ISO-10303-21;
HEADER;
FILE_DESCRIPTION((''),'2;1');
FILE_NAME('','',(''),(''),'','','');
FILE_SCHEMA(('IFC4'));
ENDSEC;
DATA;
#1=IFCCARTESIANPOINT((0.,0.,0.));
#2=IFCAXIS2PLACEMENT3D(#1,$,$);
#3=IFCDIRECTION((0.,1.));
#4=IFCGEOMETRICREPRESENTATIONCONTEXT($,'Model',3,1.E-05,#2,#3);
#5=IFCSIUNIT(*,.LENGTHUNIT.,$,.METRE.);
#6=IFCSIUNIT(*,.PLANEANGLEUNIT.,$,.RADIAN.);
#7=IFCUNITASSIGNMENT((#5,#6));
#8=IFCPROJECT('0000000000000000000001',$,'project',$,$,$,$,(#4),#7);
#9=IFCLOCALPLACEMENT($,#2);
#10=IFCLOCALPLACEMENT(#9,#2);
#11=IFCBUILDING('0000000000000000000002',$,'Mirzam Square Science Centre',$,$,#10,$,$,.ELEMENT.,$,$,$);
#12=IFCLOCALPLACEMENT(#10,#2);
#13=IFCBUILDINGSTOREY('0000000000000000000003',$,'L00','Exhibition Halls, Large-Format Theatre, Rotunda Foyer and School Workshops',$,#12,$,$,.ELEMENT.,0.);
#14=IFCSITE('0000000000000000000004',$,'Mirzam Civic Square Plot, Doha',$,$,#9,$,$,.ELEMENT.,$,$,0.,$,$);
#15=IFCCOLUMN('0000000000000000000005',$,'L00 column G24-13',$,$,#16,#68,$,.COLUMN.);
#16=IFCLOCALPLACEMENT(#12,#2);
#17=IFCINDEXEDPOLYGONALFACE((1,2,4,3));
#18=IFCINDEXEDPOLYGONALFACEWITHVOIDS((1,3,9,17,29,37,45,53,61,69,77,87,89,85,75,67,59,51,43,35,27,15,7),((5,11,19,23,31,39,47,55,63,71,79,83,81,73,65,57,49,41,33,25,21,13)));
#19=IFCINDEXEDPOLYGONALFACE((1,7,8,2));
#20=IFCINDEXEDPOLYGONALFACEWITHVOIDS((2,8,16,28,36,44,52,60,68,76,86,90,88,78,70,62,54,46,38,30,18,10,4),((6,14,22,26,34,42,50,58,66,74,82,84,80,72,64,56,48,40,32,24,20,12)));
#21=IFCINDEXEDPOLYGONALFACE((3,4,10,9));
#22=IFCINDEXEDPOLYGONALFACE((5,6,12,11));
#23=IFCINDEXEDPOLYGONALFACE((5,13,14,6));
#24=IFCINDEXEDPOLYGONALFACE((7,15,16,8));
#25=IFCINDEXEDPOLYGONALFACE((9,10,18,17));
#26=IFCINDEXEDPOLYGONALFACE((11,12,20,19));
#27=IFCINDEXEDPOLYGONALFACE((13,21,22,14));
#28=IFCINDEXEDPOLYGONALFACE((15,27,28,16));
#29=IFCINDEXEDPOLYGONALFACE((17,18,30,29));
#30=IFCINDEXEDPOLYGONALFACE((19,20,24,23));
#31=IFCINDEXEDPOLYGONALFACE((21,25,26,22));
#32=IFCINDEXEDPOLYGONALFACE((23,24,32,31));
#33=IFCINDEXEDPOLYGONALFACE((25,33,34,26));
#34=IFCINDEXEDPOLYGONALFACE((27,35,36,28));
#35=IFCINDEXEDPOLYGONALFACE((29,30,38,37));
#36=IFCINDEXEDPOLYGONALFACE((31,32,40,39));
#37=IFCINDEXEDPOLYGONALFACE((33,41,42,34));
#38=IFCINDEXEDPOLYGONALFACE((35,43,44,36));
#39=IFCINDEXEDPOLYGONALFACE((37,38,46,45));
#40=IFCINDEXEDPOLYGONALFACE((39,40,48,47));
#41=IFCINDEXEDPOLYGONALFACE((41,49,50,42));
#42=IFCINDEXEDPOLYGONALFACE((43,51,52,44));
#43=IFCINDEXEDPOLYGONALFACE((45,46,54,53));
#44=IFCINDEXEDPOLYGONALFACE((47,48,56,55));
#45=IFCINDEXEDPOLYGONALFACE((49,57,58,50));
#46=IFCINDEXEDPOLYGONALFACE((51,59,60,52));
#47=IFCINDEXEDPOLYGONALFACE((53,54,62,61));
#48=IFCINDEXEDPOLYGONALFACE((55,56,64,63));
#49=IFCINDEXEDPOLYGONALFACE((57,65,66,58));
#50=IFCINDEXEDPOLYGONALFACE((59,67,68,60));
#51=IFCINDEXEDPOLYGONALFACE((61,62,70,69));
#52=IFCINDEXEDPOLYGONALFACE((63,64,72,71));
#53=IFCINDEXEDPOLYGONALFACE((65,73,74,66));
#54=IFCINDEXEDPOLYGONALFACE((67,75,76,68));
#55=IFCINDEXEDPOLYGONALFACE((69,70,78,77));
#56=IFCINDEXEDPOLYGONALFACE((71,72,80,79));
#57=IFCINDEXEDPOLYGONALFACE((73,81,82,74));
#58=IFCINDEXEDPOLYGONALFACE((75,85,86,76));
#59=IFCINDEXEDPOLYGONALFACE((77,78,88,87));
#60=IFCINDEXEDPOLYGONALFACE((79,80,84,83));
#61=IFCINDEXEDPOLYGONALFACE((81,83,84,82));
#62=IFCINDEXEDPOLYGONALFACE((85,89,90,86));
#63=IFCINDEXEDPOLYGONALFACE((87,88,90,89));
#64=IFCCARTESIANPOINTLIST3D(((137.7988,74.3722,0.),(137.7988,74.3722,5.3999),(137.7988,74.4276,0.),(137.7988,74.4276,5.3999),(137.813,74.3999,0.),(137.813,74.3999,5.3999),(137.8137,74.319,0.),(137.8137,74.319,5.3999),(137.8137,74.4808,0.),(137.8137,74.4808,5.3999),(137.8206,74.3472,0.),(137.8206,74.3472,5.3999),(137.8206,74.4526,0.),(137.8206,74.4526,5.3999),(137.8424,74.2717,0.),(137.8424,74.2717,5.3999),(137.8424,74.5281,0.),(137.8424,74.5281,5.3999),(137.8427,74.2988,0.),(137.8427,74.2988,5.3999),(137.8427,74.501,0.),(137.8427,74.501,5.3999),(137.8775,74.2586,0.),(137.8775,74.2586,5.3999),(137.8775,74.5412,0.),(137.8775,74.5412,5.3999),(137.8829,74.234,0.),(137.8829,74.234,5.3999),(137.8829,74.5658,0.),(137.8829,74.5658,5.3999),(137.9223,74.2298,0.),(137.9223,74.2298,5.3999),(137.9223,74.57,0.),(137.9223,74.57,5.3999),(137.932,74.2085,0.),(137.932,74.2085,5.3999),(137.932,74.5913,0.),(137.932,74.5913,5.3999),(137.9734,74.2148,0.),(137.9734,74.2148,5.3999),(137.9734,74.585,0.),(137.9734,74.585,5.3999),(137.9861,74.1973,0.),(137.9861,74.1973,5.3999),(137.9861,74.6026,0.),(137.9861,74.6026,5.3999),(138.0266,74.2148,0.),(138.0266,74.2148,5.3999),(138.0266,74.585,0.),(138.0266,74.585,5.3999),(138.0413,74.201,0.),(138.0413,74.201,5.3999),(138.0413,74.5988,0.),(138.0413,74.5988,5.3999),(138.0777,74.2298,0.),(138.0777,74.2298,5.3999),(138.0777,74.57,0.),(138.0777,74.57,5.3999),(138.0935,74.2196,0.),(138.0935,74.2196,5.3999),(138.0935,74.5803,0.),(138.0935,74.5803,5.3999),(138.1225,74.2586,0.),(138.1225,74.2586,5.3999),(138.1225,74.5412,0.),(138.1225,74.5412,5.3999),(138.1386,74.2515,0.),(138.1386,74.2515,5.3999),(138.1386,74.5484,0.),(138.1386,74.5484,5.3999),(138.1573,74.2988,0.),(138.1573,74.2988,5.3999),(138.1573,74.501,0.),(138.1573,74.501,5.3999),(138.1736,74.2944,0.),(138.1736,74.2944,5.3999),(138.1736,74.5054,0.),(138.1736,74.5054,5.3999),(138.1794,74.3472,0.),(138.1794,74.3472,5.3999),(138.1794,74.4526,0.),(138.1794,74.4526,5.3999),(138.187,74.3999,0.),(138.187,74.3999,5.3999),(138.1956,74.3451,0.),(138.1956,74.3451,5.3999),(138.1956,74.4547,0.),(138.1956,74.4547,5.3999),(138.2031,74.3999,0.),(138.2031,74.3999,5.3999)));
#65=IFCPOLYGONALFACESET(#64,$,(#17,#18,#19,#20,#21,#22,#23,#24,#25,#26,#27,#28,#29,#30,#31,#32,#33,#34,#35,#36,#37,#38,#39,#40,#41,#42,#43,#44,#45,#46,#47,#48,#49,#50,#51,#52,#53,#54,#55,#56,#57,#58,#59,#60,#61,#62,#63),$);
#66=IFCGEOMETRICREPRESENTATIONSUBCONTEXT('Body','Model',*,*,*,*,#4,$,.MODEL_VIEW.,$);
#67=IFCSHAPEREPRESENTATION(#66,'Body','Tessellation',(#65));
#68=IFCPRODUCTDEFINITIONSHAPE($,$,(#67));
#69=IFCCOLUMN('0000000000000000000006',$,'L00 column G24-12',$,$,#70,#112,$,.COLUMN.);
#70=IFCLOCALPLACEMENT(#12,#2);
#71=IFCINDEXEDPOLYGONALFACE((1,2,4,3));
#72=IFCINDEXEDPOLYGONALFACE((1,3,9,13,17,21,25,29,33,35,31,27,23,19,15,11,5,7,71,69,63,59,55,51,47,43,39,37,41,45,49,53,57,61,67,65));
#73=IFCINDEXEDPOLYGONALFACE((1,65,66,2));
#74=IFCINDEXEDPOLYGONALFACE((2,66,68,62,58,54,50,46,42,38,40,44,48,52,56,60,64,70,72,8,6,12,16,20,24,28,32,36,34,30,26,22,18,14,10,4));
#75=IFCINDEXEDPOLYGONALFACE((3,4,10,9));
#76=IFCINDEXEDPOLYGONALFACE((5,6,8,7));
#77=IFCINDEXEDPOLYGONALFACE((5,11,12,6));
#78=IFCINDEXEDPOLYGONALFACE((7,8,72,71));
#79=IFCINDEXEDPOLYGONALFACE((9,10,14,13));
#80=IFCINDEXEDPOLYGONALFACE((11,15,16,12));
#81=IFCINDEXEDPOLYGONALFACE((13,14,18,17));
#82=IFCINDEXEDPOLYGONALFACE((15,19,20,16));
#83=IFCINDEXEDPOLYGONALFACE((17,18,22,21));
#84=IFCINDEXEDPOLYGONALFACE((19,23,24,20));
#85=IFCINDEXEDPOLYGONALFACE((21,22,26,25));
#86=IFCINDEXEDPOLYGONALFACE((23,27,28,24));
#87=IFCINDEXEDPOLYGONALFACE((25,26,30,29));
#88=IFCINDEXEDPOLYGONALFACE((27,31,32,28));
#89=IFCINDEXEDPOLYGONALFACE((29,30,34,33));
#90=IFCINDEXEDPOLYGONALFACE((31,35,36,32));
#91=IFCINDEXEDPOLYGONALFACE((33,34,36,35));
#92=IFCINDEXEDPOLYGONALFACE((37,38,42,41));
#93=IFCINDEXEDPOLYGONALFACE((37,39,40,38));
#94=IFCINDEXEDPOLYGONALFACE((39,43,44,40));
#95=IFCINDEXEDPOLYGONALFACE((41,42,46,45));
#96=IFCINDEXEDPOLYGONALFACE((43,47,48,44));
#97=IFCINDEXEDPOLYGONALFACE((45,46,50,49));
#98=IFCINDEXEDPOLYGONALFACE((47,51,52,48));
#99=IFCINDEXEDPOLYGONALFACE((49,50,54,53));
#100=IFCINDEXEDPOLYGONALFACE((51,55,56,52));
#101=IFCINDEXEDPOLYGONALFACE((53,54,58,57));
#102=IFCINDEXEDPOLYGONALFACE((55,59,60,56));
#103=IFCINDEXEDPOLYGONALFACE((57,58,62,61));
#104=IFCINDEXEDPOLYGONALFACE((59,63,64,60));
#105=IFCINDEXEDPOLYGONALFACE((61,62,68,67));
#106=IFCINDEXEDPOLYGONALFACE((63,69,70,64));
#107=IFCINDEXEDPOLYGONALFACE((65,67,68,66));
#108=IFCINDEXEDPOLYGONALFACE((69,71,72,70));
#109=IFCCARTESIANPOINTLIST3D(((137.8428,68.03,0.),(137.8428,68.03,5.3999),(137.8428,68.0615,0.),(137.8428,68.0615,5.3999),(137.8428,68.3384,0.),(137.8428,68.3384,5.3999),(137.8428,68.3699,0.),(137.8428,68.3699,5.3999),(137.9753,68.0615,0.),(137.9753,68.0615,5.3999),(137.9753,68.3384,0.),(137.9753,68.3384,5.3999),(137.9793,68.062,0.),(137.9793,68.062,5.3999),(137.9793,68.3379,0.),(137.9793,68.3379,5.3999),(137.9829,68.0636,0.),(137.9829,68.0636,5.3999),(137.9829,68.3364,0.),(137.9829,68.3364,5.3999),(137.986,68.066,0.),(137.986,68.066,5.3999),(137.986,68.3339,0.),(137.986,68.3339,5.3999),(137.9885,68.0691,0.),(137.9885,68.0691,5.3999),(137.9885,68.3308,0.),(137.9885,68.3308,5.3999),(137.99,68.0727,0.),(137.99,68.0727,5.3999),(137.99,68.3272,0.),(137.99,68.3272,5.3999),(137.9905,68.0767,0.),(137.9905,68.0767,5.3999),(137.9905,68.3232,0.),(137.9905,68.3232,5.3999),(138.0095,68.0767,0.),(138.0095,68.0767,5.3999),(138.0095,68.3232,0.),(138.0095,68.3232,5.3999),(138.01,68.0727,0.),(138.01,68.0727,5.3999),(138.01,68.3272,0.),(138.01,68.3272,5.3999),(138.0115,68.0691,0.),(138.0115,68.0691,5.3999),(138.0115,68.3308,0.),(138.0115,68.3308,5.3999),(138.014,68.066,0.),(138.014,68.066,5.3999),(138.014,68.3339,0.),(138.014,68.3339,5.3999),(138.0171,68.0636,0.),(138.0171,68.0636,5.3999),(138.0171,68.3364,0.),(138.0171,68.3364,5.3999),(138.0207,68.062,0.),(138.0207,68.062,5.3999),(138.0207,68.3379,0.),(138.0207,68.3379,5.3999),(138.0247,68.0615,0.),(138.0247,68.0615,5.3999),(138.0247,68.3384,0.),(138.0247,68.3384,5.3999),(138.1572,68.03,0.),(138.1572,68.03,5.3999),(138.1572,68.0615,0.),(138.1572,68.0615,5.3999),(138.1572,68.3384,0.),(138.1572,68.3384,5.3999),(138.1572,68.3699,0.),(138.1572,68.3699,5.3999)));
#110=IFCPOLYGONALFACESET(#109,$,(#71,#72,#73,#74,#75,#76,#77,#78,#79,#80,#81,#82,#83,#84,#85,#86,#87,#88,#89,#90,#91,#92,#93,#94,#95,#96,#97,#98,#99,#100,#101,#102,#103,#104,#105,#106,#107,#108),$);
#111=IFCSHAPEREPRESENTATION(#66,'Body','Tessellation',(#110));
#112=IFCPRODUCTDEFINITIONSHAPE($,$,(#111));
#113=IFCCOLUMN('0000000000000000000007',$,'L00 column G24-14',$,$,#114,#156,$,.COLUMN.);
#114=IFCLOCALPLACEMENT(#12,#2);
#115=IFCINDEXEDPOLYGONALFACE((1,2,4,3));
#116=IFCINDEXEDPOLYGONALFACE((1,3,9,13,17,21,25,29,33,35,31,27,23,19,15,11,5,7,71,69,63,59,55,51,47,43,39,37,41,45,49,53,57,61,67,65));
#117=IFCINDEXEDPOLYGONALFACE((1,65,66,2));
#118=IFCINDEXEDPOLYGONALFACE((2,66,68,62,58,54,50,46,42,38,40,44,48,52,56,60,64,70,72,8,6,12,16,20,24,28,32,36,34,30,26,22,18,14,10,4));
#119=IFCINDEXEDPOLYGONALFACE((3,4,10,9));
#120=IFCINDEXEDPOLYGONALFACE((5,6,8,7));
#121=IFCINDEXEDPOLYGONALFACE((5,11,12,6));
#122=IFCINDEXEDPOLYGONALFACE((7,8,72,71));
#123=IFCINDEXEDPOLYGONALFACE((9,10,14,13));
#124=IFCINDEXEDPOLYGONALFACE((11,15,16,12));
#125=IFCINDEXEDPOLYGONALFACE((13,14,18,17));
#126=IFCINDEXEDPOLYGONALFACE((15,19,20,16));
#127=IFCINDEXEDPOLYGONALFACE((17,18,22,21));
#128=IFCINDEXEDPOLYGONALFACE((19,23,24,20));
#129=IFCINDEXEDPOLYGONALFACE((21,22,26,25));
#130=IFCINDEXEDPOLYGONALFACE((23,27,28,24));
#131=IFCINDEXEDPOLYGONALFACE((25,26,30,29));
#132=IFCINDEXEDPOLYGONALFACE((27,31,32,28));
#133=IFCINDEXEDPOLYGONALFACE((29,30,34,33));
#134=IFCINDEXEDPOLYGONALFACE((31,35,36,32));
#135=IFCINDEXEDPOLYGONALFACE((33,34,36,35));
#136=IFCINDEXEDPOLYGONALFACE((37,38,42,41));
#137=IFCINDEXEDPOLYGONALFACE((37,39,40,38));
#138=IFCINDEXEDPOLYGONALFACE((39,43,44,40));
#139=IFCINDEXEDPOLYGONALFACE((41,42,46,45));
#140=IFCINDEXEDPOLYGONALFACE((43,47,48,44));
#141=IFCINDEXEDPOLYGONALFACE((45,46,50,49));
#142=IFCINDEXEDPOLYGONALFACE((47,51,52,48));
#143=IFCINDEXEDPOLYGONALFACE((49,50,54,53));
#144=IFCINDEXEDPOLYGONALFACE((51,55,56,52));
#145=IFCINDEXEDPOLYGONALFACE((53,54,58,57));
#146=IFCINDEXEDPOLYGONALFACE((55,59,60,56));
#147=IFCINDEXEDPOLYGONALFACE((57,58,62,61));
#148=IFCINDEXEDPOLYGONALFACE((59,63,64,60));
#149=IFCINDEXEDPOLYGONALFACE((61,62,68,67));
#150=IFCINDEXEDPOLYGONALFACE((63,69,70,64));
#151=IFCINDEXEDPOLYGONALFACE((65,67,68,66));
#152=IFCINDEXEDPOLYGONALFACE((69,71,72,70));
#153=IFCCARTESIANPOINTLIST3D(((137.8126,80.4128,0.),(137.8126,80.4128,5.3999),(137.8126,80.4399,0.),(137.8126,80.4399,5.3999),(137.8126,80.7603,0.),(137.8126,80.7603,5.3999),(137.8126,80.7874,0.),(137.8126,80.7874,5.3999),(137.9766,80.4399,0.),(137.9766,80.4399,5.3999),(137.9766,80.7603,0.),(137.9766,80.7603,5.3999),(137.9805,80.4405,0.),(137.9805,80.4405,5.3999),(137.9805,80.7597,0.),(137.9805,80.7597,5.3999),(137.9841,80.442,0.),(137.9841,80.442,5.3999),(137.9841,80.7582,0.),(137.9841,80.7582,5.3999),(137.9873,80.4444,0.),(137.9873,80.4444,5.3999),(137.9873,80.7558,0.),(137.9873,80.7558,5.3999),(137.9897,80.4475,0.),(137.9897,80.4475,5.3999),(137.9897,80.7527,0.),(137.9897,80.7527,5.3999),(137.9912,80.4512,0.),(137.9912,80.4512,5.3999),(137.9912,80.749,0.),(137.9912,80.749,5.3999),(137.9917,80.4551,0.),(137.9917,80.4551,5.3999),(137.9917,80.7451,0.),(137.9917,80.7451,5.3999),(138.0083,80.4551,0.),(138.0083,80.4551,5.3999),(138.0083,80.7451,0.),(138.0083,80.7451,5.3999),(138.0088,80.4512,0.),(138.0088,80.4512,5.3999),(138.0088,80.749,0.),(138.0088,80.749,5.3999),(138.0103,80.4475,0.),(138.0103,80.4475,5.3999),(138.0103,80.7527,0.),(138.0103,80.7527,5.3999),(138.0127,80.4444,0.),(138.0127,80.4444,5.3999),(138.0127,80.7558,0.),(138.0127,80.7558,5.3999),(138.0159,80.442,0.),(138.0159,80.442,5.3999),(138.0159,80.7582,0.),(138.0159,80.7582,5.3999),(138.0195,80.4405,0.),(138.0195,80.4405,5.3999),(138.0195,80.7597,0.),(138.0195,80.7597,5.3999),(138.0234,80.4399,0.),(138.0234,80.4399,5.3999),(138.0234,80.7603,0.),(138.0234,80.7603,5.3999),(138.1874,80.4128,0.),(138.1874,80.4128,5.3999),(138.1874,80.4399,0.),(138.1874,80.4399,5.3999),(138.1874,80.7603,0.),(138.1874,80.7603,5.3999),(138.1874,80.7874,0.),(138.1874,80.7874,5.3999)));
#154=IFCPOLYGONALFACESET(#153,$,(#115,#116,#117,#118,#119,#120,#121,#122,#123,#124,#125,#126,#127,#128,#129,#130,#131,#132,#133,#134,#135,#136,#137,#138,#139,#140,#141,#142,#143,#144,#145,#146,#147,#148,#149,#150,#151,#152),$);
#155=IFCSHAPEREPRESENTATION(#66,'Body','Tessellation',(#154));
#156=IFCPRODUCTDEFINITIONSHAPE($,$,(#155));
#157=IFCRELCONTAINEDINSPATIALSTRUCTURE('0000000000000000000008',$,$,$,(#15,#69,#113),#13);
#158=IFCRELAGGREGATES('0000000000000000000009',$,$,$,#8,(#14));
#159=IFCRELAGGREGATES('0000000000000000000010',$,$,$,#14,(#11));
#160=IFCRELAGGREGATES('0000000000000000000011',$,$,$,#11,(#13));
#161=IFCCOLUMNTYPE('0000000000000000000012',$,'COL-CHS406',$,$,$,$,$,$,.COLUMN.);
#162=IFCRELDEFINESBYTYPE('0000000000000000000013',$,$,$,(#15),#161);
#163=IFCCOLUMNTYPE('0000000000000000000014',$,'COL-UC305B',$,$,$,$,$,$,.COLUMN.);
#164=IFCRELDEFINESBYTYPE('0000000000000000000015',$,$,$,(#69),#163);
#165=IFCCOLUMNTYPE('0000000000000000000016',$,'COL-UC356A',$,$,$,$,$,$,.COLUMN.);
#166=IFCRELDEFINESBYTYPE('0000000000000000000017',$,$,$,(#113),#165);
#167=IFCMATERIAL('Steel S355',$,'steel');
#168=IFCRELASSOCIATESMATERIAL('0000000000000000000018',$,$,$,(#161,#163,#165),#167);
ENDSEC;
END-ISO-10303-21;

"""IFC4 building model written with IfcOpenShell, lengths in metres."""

from ifc_helpers import new_model, si_unit, direction, frame, origin, origin_2d, place, context, subcontext, project, spatial, hollow_circle, i_section, extrude, material, material_profile, profile_set, type_object, element, save


model = new_model("IFC4")

# Units and contexts
model_context = context("Model", 3, precision=1e-05, world=origin(), true_north=direction((0.0, 1.0)))
body_context = subcontext(model_context, "Body", "Model", "MODEL_VIEW")
ifc_project = project(units=[si_unit("LENGTHUNIT", "METRE"), si_unit("PLANEANGLEUNIT", "RADIAN")], contexts=[model_context])

# Site, building, storey
site_placement = place(None, origin())
site = spatial("IfcSite", under=ifc_project, at=site_placement, Name="Mirzam Civic Square Plot, Doha", CompositionType="ELEMENT", RefElevation=0.0)
building_placement = place(site_placement, origin())
building = spatial("IfcBuilding", under=site, at=building_placement, Name="Mirzam Square Science Centre", CompositionType="ELEMENT")
storey_placement = place(building_placement, origin())
storey = spatial("IfcBuildingStorey", under=building, at=storey_placement, Name="L00", Description="Exhibition Halls, Large-Format Theatre, Rotunda Foyer and School Workshops", CompositionType="ELEMENT", Elevation=0.0)

# Columns
ifc_material_1 = material(Name="Steel S355", Category="steel")
ifc_material_profile_1 = material_profile(ifc_material_1, hollow_circle(Radius=0.2031, WallThickness=0.0161, at=origin_2d()), Name="406.4x16.0CHS")
ifc_profile_set_1 = profile_set([ifc_material_profile_1], Name="Steel S355")
column_type_1 = type_object("IfcColumnType", Name="COL-CHS406", PredefinedType="COLUMN", material=ifc_profile_set_1)
column_1_placement = place(storey_placement, frame((138.0, 74.3999, 0.0), z_axis=(0.0, 0.0, 1.0), x_axis=(1.0, 0.0, 0.0)))
element("IfcColumn", 1, at=column_1_placement, inside=storey, type_object=column_type_1, Name="L00 column G24-13", PredefinedType="COLUMN", context=body_context, shape_type="SweptSolid", body=[
    extrude(hollow_circle(Radius=0.2031, WallThickness=0.0161, at=origin_2d()), origin(), (0.0, 0.0, 1.0), 5.3999),
])
ifc_material_profile_2 = material_profile(ifc_material_1, i_section(OverallWidth=0.3145, OverallDepth=0.3398, WebThickness=0.019, FlangeThickness=0.0315, FilletRadius=0.0151, at=origin_2d()), Name="305x305x198UC")
ifc_profile_set_2 = profile_set([ifc_material_profile_2], Name="Steel S355")
column_type_2 = type_object("IfcColumnType", Name="COL-UC305B", PredefinedType="COLUMN", material=ifc_profile_set_2)
column_2_placement = place(storey_placement, frame((138.0, 68.2, 0.0), z_axis=(0.0, 0.0, 1.0), x_axis=(1.0, 0.0, 0.0)))
element("IfcColumn", 2, at=column_2_placement, inside=storey, type_object=column_type_2, Name="L00 column G24-12", PredefinedType="COLUMN", context=body_context, shape_type="SweptSolid", body=[
    extrude(i_section(OverallWidth=0.3145, OverallDepth=0.3398, WebThickness=0.019, FlangeThickness=0.0315, FilletRadius=0.0151, at=origin_2d()), origin(), (0.0, 0.0, 1.0), 5.3999),
])
ifc_material_profile_3 = material_profile(ifc_material_1, i_section(OverallWidth=0.3748, OverallDepth=0.3745, WebThickness=0.0166, FlangeThickness=0.0271, FilletRadius=0.0151, at=origin_2d()), Name="356x368x202UC")
ifc_profile_set_3 = profile_set([ifc_material_profile_3], Name="Steel S355")
column_type_3 = type_object("IfcColumnType", Name="COL-UC356A", PredefinedType="COLUMN", material=ifc_profile_set_3)
column_3_placement = place(storey_placement, frame((138.0, 80.6001, 0.0), z_axis=(0.0, 0.0, 1.0), x_axis=(1.0, 0.0, 0.0)))
element("IfcColumn", 3, at=column_3_placement, inside=storey, type_object=column_type_3, Name="L00 column G24-14", PredefinedType="COLUMN", context=body_context, shape_type="SweptSolid", body=[
    extrude(i_section(OverallWidth=0.3748, OverallDepth=0.3745, WebThickness=0.0166, FlangeThickness=0.0271, FilletRadius=0.0151, at=origin_2d()), origin(), (0.0, 0.0, 1.0), 5.3999),
])

save(model, "model.ifc")
